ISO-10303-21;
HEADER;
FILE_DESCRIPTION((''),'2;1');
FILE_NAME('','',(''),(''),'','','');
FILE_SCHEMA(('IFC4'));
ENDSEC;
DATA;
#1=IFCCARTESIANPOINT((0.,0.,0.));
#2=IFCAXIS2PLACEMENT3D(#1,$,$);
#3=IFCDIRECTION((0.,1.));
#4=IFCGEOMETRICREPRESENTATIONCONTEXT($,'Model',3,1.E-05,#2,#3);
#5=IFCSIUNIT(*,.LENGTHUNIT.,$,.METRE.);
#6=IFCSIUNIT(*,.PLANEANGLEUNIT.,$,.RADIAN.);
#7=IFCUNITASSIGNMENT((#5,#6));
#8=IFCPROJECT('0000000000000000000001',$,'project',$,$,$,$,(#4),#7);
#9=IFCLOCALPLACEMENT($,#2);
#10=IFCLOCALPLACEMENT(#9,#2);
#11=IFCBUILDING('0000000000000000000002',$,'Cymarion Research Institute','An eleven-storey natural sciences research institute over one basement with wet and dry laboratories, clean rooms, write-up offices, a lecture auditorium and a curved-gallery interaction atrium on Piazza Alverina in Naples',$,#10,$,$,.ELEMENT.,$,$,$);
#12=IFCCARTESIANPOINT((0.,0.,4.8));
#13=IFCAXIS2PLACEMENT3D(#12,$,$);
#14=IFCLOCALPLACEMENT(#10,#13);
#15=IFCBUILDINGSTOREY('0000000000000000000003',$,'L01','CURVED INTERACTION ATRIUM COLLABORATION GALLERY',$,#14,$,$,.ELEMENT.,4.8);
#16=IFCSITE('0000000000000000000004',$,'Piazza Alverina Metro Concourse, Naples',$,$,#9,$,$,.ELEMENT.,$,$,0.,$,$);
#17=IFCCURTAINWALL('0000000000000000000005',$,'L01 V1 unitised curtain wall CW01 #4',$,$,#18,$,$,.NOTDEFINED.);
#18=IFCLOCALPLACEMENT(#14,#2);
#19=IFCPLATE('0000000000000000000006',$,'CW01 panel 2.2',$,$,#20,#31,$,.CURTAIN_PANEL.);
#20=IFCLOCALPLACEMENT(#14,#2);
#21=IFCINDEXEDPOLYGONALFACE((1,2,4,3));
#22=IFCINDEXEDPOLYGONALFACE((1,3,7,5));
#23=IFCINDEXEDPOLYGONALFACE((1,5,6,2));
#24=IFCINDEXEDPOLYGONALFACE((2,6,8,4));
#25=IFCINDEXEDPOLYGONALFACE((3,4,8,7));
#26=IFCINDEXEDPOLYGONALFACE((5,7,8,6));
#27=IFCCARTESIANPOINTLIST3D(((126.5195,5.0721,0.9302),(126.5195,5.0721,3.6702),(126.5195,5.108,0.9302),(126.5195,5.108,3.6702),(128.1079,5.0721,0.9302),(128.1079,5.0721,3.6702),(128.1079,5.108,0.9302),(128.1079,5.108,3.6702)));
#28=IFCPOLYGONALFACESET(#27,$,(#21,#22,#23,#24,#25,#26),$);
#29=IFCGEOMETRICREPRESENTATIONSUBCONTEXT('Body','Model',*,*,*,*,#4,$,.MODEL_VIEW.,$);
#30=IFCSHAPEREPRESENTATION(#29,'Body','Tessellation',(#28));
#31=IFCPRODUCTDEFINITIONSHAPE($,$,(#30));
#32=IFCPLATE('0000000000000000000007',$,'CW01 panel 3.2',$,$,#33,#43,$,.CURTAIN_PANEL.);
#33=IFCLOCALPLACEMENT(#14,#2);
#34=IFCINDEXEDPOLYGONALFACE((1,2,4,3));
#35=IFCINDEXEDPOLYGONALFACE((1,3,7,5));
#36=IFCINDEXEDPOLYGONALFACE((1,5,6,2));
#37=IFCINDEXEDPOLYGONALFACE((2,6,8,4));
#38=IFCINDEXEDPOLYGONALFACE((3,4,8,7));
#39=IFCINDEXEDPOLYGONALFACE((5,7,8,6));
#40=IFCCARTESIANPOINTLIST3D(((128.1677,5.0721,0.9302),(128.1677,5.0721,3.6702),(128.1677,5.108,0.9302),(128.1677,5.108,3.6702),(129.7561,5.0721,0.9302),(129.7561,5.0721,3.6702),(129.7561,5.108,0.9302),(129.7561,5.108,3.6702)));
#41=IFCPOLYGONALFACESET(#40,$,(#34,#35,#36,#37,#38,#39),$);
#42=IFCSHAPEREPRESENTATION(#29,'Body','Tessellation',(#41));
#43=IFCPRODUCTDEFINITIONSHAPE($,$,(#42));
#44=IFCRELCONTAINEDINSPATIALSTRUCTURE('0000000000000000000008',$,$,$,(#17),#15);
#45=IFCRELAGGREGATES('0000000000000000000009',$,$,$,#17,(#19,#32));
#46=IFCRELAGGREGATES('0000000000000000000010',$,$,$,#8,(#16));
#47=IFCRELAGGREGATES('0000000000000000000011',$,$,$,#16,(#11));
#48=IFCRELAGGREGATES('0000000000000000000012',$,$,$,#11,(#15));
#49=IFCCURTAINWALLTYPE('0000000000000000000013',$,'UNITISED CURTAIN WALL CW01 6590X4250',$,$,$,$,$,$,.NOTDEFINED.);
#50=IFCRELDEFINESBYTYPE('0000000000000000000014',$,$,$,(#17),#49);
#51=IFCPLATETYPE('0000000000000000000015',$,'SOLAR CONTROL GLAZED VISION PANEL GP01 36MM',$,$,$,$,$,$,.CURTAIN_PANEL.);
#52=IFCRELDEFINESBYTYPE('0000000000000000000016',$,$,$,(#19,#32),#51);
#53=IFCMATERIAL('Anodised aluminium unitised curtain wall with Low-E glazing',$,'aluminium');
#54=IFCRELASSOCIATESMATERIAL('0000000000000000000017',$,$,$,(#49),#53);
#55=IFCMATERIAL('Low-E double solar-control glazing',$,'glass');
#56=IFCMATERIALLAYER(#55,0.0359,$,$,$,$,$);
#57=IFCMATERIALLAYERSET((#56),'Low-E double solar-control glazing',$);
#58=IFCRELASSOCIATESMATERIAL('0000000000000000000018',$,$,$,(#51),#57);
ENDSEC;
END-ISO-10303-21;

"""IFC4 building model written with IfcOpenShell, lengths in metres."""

from ifc_helpers import new_model, si_unit, direction, frame, origin, origin_2d, place, context, subcontext, project, spatial, rectangle, extrude, material, layer, layer_set, type_object, element, aggregate, save


model = new_model("IFC4")

# Units and contexts
model_context = context("Model", 3, precision=1e-05, world=origin(), true_north=direction((0.0, 1.0)))
body_context = subcontext(model_context, "Body", "Model", "MODEL_VIEW")
ifc_project = project(units=[si_unit("LENGTHUNIT", "METRE"), si_unit("PLANEANGLEUNIT", "RADIAN")], contexts=[model_context])

# Site, building, storey
site_placement = place(None, origin())
site = spatial("IfcSite", under=ifc_project, at=site_placement, Name="Piazza Alverina Metro Concourse, Naples", CompositionType="ELEMENT", RefElevation=0.0)
building_placement = place(site_placement, origin())
building = spatial("IfcBuilding", under=site, at=building_placement, Name="Cymarion Research Institute", Description="An eleven-storey natural sciences research institute over one basement with wet and dry laboratories, clean rooms, write-up offices, a lecture auditorium and a curved-gallery interaction atrium on Piazza Alverina in Naples", CompositionType="ELEMENT")
storey_placement = place(building_placement, frame((0.0, 0.0, 4.8)))
storey = spatial("IfcBuildingStorey", under=building, at=storey_placement, Name="L01", Description="CURVED INTERACTION ATRIUM COLLABORATION GALLERY", CompositionType="ELEMENT", Elevation=4.8)

# Curtain wall
ifc_material_1 = material(Name="Anodised aluminium unitised curtain wall with Low-E glazing", Category="aluminium")
curtain_wall_type = type_object("IfcCurtainWallType", Name="UNITISED CURTAIN WALL CW01 6590X4250", PredefinedType="NOTDEFINED", material=ifc_material_1)
curtain_wall_placement = place(storey_placement, origin())
curtain_wall = element("IfcCurtainWall", 1, at=curtain_wall_placement, inside=storey, type_object=curtain_wall_type, Name="L01 V1 unitised curtain wall CW01 #4", PredefinedType="NOTDEFINED")

# Plates
ifc_material_2 = material(Name="Low-E double solar-control glazing", Category="glass")
ifc_layer_1 = layer(ifc_material_2, 0.0359)
ifc_layer_set_1 = layer_set([ifc_layer_1], Name="Low-E double solar-control glazing")
plate_type_1 = type_object("IfcPlateType", Name="SOLAR CONTROL GLAZED VISION PANEL GP01 36MM", PredefinedType="CURTAIN_PANEL", material=ifc_layer_set_1)
plate_1_placement = place(storey_placement, frame((127.3137, 5.0901, 0.9302), z_axis=(0.0, 0.0, 1.0), x_axis=(1.0, 0.0, 0.0)))
plate_1 = element("IfcPlate", 2, at=plate_1_placement, type_object=plate_type_1, Name="CW01 panel 2.2", PredefinedType="CURTAIN_PANEL", context=body_context, shape_type="SweptSolid", body=[
    extrude(rectangle(XDim=1.5884, YDim=0.0359, at=origin_2d()), origin(), (0.0, 0.0, 1.0), 2.74),
])
plate_2_placement = place(storey_placement, frame((128.9619, 5.0901, 0.9302), z_axis=(0.0, 0.0, 1.0), x_axis=(1.0, 0.0, 0.0)))
plate_2 = element("IfcPlate", 3, at=plate_2_placement, type_object=plate_type_1, Name="CW01 panel 3.2", PredefinedType="CURTAIN_PANEL", context=body_context, shape_type="SweptSolid", body=[
    extrude(rectangle(XDim=1.5884, YDim=0.0359, at=origin_2d()), origin(), (0.0, 0.0, 1.0), 2.74),
])
aggregate(curtain_wall, [plate_1, plate_2])

save(model, "model.ifc")
